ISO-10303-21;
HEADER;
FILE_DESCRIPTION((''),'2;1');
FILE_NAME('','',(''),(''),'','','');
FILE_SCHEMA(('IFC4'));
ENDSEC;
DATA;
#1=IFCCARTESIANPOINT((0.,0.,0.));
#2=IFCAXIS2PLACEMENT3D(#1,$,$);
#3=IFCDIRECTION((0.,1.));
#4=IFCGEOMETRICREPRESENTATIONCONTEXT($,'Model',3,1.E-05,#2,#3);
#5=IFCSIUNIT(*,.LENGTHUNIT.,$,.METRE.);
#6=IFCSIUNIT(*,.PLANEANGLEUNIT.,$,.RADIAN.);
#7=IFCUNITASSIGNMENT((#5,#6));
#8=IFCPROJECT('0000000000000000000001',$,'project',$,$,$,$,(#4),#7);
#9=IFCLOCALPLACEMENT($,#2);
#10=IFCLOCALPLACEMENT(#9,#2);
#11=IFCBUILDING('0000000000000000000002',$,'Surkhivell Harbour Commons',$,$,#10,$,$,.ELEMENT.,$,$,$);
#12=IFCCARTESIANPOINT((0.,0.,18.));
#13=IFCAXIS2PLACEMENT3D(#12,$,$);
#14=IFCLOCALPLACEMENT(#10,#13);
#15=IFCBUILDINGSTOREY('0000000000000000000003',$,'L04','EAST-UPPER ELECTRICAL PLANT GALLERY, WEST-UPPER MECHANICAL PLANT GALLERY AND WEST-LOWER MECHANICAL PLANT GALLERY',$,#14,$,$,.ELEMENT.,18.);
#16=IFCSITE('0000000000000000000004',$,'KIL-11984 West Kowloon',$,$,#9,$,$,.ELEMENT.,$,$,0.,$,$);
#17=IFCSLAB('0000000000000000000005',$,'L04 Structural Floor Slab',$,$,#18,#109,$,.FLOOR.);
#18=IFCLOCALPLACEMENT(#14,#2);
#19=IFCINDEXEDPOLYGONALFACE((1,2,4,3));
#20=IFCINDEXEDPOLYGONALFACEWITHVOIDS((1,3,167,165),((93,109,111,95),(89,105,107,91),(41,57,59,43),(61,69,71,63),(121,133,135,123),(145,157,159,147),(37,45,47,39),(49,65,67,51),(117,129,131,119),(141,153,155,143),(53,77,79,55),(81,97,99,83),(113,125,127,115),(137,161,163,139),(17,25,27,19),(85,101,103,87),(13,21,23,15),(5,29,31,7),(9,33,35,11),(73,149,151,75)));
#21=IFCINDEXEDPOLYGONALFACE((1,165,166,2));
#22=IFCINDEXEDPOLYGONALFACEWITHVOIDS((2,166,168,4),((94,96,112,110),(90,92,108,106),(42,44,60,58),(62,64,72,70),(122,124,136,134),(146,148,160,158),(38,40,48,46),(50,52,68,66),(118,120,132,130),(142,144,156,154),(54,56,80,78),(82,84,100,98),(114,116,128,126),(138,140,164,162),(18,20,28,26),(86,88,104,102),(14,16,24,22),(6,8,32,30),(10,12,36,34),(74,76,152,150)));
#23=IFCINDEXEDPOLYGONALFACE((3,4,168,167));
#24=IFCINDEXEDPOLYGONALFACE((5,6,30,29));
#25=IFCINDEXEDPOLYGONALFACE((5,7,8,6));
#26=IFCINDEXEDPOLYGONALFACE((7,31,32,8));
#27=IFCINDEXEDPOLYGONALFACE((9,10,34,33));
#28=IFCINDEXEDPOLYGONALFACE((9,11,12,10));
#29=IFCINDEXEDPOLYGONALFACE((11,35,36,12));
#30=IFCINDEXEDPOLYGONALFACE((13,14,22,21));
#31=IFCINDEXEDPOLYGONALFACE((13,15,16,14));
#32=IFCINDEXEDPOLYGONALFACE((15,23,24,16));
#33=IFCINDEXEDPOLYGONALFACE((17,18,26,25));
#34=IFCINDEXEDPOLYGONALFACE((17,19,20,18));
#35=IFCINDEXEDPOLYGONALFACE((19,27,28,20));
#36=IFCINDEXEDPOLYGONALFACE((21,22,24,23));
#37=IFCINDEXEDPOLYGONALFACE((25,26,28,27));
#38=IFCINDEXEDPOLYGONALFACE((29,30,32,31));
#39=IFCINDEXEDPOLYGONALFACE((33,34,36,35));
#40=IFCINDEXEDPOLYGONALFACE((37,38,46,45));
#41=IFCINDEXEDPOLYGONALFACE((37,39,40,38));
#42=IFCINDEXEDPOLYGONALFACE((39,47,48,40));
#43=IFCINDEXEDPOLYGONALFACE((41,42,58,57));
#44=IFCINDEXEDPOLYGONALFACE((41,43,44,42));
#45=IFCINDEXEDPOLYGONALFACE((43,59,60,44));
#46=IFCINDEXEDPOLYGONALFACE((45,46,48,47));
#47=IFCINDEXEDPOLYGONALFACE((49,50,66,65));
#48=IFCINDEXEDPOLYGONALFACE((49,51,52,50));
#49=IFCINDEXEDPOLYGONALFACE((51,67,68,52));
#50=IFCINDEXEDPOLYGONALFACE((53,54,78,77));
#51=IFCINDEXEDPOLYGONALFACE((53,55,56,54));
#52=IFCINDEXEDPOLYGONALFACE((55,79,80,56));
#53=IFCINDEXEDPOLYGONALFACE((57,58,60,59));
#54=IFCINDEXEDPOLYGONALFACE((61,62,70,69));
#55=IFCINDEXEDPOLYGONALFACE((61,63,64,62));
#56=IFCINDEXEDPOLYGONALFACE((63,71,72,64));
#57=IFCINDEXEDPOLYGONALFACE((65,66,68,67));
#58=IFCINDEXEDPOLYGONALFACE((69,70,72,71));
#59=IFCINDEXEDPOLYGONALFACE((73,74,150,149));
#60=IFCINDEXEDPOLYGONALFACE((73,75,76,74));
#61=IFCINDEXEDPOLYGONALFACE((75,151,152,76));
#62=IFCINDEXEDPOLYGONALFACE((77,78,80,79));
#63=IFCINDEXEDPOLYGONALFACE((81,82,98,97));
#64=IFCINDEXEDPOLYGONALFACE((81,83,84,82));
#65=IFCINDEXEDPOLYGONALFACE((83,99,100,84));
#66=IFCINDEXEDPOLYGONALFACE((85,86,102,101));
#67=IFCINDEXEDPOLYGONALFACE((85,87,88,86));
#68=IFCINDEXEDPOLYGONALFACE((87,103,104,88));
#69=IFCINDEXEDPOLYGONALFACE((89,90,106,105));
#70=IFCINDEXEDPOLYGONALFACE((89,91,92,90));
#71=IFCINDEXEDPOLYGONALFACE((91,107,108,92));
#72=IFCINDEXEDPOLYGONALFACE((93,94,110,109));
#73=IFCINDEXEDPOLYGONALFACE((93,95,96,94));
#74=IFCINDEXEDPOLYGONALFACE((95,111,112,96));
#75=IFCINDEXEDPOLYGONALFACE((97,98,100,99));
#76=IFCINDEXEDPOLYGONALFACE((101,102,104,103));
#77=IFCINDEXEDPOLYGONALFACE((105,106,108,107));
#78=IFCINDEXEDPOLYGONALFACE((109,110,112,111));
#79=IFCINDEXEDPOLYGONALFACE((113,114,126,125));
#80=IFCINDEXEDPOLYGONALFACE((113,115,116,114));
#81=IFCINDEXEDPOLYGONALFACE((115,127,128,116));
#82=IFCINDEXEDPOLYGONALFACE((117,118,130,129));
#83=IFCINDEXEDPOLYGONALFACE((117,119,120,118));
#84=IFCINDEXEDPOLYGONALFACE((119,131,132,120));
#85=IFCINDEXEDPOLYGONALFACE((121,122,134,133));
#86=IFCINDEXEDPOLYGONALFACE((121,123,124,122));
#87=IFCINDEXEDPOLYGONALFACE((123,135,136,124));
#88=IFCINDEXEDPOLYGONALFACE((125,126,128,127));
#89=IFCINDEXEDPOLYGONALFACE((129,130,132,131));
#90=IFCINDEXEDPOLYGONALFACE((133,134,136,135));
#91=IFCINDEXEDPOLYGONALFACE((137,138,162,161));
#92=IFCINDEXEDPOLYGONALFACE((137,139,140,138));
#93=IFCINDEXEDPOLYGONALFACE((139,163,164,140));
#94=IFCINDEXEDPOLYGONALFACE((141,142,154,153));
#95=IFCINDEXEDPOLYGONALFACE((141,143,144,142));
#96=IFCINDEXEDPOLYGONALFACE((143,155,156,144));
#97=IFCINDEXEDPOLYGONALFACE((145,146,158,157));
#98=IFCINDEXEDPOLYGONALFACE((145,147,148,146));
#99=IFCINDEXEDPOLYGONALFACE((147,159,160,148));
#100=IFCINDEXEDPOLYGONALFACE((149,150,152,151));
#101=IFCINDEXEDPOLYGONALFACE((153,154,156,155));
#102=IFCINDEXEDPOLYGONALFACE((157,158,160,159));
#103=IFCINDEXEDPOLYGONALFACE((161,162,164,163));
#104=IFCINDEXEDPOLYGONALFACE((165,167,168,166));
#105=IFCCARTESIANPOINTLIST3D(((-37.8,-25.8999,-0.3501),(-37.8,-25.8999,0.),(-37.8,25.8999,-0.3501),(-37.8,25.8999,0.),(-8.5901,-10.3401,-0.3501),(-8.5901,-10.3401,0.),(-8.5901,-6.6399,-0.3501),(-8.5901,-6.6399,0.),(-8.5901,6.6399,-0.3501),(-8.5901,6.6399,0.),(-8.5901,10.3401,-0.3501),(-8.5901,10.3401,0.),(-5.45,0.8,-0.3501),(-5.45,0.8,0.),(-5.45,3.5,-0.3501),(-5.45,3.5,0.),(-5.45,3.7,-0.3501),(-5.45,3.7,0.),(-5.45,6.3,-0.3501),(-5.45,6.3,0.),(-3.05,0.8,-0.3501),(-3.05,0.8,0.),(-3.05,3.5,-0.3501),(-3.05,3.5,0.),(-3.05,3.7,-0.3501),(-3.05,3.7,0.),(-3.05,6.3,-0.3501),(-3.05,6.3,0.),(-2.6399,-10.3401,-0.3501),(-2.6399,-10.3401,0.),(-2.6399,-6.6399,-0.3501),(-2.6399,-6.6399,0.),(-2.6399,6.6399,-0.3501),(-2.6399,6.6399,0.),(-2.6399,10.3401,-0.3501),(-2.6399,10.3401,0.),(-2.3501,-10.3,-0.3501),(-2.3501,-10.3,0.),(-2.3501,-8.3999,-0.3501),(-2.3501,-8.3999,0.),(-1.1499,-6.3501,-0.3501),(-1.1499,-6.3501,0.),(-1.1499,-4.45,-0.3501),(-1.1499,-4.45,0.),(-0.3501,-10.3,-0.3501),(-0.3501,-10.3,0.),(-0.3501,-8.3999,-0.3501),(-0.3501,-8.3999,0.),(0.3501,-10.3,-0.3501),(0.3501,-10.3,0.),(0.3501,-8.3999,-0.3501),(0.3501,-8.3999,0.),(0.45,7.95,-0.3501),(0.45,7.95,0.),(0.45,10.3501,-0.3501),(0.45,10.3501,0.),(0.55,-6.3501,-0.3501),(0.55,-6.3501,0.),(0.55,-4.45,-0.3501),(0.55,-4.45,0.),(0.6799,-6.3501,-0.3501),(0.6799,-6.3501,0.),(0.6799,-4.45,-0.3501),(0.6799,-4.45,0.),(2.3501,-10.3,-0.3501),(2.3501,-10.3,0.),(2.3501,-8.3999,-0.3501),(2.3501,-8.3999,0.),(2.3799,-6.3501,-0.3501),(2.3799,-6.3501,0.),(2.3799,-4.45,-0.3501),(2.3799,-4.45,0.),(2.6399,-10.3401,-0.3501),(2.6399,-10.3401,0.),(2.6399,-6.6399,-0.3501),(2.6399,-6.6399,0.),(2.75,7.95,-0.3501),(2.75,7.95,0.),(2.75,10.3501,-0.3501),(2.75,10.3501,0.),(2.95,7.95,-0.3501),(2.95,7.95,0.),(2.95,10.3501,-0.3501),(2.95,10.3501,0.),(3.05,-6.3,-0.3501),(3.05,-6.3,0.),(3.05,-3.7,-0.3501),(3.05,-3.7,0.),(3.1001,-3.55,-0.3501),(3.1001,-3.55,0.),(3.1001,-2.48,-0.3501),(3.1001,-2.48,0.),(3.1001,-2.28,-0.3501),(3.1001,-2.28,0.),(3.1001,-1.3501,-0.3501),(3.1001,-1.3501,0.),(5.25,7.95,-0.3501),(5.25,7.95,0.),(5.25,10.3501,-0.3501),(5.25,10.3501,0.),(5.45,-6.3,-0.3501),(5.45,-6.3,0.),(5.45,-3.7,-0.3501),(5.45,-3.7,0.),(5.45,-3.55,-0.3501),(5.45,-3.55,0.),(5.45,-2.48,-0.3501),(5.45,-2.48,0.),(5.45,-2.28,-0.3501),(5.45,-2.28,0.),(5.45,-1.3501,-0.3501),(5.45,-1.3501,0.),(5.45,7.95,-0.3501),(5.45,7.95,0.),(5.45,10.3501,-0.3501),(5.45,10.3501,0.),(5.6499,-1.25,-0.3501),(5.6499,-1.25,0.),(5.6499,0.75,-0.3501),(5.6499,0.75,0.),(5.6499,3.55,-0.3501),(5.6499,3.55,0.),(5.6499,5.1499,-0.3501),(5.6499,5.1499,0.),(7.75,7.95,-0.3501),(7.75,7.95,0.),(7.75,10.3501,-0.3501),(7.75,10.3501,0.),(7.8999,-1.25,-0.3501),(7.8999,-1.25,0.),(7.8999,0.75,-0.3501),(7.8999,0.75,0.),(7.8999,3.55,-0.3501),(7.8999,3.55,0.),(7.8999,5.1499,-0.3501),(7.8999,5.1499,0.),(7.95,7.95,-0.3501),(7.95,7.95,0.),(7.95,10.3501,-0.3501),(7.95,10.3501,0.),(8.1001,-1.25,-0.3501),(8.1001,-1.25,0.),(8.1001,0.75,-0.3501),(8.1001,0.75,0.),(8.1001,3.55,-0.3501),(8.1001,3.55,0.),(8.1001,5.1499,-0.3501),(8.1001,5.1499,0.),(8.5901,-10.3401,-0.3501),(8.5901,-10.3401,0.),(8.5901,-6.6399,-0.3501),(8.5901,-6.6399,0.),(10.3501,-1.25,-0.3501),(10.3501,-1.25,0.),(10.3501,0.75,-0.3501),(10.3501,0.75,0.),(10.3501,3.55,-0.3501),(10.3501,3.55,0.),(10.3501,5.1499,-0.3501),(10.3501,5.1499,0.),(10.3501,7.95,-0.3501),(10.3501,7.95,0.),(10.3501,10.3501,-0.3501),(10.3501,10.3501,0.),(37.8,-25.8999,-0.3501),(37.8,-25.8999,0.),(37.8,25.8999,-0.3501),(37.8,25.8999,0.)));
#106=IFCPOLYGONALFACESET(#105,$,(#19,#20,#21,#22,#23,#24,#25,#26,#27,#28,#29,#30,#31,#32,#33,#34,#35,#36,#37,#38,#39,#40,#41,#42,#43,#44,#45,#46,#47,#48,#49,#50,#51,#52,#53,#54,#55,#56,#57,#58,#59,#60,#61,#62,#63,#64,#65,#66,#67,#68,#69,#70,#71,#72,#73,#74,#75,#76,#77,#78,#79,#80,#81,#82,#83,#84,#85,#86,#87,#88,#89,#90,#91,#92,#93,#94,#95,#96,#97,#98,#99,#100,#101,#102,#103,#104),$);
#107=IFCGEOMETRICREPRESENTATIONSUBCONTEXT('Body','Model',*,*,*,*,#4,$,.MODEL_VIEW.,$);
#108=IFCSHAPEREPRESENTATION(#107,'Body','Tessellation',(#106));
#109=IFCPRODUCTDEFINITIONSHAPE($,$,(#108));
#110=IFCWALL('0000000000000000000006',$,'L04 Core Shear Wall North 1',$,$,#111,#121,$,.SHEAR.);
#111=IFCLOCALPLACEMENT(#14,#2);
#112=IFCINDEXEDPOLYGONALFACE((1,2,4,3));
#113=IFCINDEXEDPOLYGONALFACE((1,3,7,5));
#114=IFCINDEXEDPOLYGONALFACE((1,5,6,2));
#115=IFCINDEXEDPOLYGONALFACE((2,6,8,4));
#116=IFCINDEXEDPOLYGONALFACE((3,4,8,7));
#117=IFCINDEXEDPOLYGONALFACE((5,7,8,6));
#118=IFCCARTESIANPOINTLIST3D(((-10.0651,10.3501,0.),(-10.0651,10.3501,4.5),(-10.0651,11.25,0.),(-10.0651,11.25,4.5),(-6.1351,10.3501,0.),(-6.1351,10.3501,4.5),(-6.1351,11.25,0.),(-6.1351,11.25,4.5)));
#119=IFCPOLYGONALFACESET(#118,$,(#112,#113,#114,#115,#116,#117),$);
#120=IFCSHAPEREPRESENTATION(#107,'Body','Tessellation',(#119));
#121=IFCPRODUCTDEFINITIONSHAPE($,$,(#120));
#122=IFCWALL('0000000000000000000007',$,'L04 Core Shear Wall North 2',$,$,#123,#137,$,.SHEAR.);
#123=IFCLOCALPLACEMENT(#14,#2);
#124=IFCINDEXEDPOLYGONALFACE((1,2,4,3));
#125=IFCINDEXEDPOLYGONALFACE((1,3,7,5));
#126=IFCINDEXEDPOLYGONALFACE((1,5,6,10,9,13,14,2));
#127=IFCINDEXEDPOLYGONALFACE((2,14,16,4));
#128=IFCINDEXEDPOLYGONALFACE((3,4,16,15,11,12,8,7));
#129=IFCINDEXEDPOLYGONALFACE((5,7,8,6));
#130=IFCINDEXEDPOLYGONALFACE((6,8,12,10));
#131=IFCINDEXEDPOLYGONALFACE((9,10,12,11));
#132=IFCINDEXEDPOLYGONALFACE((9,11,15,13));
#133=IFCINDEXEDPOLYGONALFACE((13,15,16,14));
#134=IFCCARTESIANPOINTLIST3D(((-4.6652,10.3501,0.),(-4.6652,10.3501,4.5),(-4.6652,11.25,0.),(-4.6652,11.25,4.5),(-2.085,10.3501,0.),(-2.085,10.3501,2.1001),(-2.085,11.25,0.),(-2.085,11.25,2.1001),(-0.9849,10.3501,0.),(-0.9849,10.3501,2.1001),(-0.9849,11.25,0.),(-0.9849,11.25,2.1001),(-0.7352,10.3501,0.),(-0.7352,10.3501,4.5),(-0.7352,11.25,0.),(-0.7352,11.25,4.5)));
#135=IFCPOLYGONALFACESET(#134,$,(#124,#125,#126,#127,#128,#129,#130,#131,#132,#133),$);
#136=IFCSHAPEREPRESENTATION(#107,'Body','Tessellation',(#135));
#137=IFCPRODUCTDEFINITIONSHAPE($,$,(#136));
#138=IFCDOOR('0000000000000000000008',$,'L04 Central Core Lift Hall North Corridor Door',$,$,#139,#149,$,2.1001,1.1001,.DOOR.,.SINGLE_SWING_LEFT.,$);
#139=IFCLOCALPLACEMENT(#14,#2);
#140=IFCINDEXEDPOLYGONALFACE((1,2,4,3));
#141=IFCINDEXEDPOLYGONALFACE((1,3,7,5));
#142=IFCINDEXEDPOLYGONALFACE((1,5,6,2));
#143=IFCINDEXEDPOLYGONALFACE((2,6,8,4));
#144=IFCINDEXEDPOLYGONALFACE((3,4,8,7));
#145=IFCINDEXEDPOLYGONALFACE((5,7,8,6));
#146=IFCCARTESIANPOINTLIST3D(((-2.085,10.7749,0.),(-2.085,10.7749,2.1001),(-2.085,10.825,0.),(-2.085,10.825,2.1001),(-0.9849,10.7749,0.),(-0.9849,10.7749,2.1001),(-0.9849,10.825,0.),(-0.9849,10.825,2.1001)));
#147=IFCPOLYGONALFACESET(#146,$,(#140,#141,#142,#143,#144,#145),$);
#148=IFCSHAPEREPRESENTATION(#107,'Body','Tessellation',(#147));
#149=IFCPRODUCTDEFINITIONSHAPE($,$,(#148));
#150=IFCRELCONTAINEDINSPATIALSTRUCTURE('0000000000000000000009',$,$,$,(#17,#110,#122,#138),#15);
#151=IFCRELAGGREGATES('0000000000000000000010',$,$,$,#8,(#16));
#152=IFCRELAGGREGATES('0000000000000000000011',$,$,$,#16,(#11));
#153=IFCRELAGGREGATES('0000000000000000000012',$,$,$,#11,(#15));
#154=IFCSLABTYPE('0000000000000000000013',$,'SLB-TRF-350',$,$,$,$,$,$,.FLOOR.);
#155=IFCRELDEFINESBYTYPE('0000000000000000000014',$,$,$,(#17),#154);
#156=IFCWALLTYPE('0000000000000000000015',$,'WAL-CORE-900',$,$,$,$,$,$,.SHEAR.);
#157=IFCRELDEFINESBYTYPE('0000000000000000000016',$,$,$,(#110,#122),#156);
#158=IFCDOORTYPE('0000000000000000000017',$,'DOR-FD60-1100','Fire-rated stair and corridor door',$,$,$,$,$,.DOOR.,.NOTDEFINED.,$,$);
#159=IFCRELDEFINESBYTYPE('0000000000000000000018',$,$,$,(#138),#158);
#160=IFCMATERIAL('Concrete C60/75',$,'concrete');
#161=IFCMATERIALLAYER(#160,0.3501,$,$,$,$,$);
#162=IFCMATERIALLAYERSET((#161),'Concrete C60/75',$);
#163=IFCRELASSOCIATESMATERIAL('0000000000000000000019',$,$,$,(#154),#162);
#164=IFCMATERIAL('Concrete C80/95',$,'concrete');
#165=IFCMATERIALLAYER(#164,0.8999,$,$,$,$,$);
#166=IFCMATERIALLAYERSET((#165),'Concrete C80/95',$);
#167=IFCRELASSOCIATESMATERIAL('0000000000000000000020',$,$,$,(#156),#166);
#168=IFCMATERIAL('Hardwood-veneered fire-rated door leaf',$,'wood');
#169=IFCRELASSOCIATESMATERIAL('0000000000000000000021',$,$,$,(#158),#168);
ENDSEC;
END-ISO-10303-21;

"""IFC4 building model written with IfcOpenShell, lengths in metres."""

from ifc_helpers import new_model, si_unit, direction, frame, frame_2d, origin, place, context, subcontext, project, spatial, polyline, rectangle, outline, extrude, material, layer, layer_set, type_object, element, fill, save


model = new_model("IFC4")

# Units and contexts
model_context = context("Model", 3, precision=1e-05, world=origin(), true_north=direction((0.0, 1.0)))
body_context = subcontext(model_context, "Body", "Model", "MODEL_VIEW")
ifc_project = project(units=[si_unit("LENGTHUNIT", "METRE"), si_unit("PLANEANGLEUNIT", "RADIAN")], contexts=[model_context])

# Site, building, storey
site_placement = place(None, origin())
site = spatial("IfcSite", under=ifc_project, at=site_placement, Name="KIL-11984 West Kowloon", CompositionType="ELEMENT", RefElevation=0.0)
building_placement = place(site_placement, origin())
building = spatial("IfcBuilding", under=site, at=building_placement, Name="Surkhivell Harbour Commons", CompositionType="ELEMENT")
storey_placement = place(building_placement, frame((0.0, 0.0, 18.0)))
storey = spatial("IfcBuildingStorey", under=building, at=storey_placement, Name="L04", Description="EAST-UPPER ELECTRICAL PLANT GALLERY, WEST-UPPER MECHANICAL PLANT GALLERY AND WEST-LOWER MECHANICAL PLANT GALLERY", CompositionType="ELEMENT", Elevation=18.0)

# Shared definitions
ifc_material_1 = material(Name="Concrete C80/95", Category="concrete")

# Slab
ifc_material_2 = material(Name="Concrete C60/75", Category="concrete")
ifc_layer_1 = layer(ifc_material_2, 0.3501)
ifc_layer_set_1 = layer_set([ifc_layer_1], Name="Concrete C60/75")
slab_type = type_object("IfcSlabType", Name="SLB-TRF-350", PredefinedType="FLOOR", material=ifc_layer_set_1)
slab_placement = place(storey_placement, frame((0.0, 0.0, -0.3501)))
element("IfcSlab", 1, at=slab_placement, inside=storey, type_object=slab_type, Name="L04 Structural Floor Slab", PredefinedType="FLOOR", context=body_context, shape_type="SweptSolid", body=[
    extrude(outline(polyline([(-37.8, -25.8999), (37.8, -25.8999), (37.8, 25.8999), (-37.8, 25.8999), (-37.8, -25.8999)]), holes=[polyline([(-8.5901, 6.6399), (-2.6399, 6.6399), (-2.6399, 10.3401), (-8.5901, 10.3401), (-8.5901, 6.6399)]), polyline([(8.5901, -6.6399), (2.6399, -6.6399), (2.6399, -10.3401), (8.5901, -10.3401), (8.5901, -6.6399)]), polyline([(-8.5901, -10.3401), (-2.6399, -10.3401), (-2.6399, -6.6399), (-8.5901, -6.6399), (-8.5901, -10.3401)]), polyline([(0.45, 7.95), (2.75, 7.95), (2.75, 10.3501), (0.45, 10.3501), (0.45, 7.95)]), polyline([(2.95, 7.95), (5.25, 7.95), (5.25, 10.3501), (2.95, 10.3501), (2.95, 7.95)]), polyline([(5.45, 7.95), (7.75, 7.95), (7.75, 10.3501), (5.45, 10.3501), (5.45, 7.95)]), polyline([(7.95, 7.95), (10.3501, 7.95), (10.3501, 10.3501), (7.95, 10.3501), (7.95, 7.95)]), polyline([(5.6499, 3.55), (7.8999, 3.55), (7.8999, 5.1499), (5.6499, 5.1499), (5.6499, 3.55)]), polyline([(8.1001, 3.55), (10.3501, 3.55), (10.3501, 5.1499), (8.1001, 5.1499), (8.1001, 3.55)]), polyline([(5.6499, -1.25), (7.8999, -1.25), (7.8999, 0.75), (5.6499, 0.75), (5.6499, -1.25)]), polyline([(8.1001, -1.25), (10.3501, -1.25), (10.3501, 0.75), (8.1001, 0.75), (8.1001, -1.25)]), polyline([(-1.1499, -6.3501), (0.55, -6.3501), (0.55, -4.45), (-1.1499, -4.45), (-1.1499, -6.3501)]), polyline([(0.6799, -6.3501), (2.3799, -6.3501), (2.3799, -4.45), (0.6799, -4.45), (0.6799, -6.3501)]), polyline([(-2.3501, -10.3), (-0.3501, -10.3), (-0.3501, -8.3999), (-2.3501, -8.3999), (-2.3501, -10.3)]), polyline([(0.3501, -10.3), (2.3501, -10.3), (2.3501, -8.3999), (0.3501, -8.3999), (0.3501, -10.3)]), polyline([(-5.45, 3.7), (-3.05, 3.7), (-3.05, 6.3), (-5.45, 6.3), (-5.45, 3.7)]), polyline([(3.05, -6.3), (5.45, -6.3), (5.45, -3.7), (3.05, -3.7), (3.05, -6.3)]), polyline([(-5.45, 0.8), (-3.05, 0.8), (-3.05, 3.5), (-5.45, 3.5), (-5.45, 0.8)]), polyline([(3.1001, -3.55), (5.45, -3.55), (5.45, -2.48), (3.1001, -2.48), (3.1001, -3.55)]), polyline([(3.1001, -2.28), (5.45, -2.28), (5.45, -1.3501), (3.1001, -1.3501), (3.1001, -2.28)])]), origin(), (0.0, 0.0, 1.0), 0.3501),
])

# Wall
ifc_layer_2 = layer(ifc_material_1, 0.8999)
ifc_layer_set_2 = layer_set([ifc_layer_2], Name="Concrete C80/95")
wall_type_1 = type_object("IfcWallType", Name="WAL-CORE-900", PredefinedType="SHEAR", material=ifc_layer_set_2)
wall_1_placement = place(storey_placement, frame((-10.0649, 10.8, 0.0), z_axis=(0.0, 0.0, 1.0), x_axis=(1.0, 0.0, 0.0)))
element("IfcWall", 2, at=wall_1_placement, inside=storey, type_object=wall_type_1, Name="L04 Core Shear Wall North 1", PredefinedType="SHEAR", context=body_context, shape_type="SweptSolid", body=[
    extrude(rectangle(XDim=3.9299, YDim=0.8999, at=frame_2d((1.9648, 0.0))), origin(), (0.0, 0.0, 1.0), 4.5),
])

# Wall, opening, door
wall_2_placement = place(storey_placement, frame((-4.665, 10.8, 0.0), z_axis=(0.0, 0.0, 1.0), x_axis=(1.0, 0.0, 0.0)))
wall_2 = element("IfcWall", 3, at=wall_2_placement, inside=storey, type_object=wall_type_1, Name="L04 Core Shear Wall North 2", PredefinedType="SHEAR", context=body_context, shape_type="SweptSolid", body=[
    extrude(rectangle(XDim=3.9299, YDim=0.8999, at=frame_2d((1.9648, 0.0))), origin(), (0.0, 0.0, 1.0), 4.5),
])
opening_1_placement = place(wall_2_placement, frame((2.5801, 0.0, 0.0)))
opening_1 = element("IfcOpeningElement", 4, at=opening_1_placement, cuts=wall_2, PredefinedType="OPENING", context=body_context, shape_type="SweptSolid", body=[
    extrude(rectangle(XDim=1.1001, YDim=2.1001, at=frame_2d((0.55, 1.05))), frame((0.0, 0.46, 0.0), z_axis=(0.0, -1.0, 0.0), x_axis=(1.0, 0.0, 0.0)), (0.0, 0.0, 1.0), 0.9199),
])
ifc_material_3 = material(Name="Hardwood-veneered fire-rated door leaf", Category="wood")
door_type_1 = type_object("IfcDoorType", Name="DOR-FD60-1100", Description="Fire-rated stair and corridor door", OperationType="NOTDEFINED", PredefinedType="DOOR", material=ifc_material_3)
door_1_placement = place(opening_1_placement, origin())
door_1 = element("IfcDoor", 5, at=door_1_placement, inside=storey, type_object=door_type_1, Name="L04 Central Core Lift Hall North Corridor Door", OperationType="SINGLE_SWING_LEFT", OverallHeight=2.1001, OverallWidth=1.1001, PredefinedType="DOOR", context=body_context, shape_type="SweptSolid", body=[
    extrude(rectangle(XDim=1.1001, YDim=2.1001, at=frame_2d((0.55, 1.05))), frame((0.0, 0.0249, 0.0), z_axis=(0.0, -1.0, 0.0), x_axis=(1.0, 0.0, 0.0)), (0.0, 0.0, 1.0), 0.05),
])
fill(opening_1, door_1)

save(model, "model.ifc")
